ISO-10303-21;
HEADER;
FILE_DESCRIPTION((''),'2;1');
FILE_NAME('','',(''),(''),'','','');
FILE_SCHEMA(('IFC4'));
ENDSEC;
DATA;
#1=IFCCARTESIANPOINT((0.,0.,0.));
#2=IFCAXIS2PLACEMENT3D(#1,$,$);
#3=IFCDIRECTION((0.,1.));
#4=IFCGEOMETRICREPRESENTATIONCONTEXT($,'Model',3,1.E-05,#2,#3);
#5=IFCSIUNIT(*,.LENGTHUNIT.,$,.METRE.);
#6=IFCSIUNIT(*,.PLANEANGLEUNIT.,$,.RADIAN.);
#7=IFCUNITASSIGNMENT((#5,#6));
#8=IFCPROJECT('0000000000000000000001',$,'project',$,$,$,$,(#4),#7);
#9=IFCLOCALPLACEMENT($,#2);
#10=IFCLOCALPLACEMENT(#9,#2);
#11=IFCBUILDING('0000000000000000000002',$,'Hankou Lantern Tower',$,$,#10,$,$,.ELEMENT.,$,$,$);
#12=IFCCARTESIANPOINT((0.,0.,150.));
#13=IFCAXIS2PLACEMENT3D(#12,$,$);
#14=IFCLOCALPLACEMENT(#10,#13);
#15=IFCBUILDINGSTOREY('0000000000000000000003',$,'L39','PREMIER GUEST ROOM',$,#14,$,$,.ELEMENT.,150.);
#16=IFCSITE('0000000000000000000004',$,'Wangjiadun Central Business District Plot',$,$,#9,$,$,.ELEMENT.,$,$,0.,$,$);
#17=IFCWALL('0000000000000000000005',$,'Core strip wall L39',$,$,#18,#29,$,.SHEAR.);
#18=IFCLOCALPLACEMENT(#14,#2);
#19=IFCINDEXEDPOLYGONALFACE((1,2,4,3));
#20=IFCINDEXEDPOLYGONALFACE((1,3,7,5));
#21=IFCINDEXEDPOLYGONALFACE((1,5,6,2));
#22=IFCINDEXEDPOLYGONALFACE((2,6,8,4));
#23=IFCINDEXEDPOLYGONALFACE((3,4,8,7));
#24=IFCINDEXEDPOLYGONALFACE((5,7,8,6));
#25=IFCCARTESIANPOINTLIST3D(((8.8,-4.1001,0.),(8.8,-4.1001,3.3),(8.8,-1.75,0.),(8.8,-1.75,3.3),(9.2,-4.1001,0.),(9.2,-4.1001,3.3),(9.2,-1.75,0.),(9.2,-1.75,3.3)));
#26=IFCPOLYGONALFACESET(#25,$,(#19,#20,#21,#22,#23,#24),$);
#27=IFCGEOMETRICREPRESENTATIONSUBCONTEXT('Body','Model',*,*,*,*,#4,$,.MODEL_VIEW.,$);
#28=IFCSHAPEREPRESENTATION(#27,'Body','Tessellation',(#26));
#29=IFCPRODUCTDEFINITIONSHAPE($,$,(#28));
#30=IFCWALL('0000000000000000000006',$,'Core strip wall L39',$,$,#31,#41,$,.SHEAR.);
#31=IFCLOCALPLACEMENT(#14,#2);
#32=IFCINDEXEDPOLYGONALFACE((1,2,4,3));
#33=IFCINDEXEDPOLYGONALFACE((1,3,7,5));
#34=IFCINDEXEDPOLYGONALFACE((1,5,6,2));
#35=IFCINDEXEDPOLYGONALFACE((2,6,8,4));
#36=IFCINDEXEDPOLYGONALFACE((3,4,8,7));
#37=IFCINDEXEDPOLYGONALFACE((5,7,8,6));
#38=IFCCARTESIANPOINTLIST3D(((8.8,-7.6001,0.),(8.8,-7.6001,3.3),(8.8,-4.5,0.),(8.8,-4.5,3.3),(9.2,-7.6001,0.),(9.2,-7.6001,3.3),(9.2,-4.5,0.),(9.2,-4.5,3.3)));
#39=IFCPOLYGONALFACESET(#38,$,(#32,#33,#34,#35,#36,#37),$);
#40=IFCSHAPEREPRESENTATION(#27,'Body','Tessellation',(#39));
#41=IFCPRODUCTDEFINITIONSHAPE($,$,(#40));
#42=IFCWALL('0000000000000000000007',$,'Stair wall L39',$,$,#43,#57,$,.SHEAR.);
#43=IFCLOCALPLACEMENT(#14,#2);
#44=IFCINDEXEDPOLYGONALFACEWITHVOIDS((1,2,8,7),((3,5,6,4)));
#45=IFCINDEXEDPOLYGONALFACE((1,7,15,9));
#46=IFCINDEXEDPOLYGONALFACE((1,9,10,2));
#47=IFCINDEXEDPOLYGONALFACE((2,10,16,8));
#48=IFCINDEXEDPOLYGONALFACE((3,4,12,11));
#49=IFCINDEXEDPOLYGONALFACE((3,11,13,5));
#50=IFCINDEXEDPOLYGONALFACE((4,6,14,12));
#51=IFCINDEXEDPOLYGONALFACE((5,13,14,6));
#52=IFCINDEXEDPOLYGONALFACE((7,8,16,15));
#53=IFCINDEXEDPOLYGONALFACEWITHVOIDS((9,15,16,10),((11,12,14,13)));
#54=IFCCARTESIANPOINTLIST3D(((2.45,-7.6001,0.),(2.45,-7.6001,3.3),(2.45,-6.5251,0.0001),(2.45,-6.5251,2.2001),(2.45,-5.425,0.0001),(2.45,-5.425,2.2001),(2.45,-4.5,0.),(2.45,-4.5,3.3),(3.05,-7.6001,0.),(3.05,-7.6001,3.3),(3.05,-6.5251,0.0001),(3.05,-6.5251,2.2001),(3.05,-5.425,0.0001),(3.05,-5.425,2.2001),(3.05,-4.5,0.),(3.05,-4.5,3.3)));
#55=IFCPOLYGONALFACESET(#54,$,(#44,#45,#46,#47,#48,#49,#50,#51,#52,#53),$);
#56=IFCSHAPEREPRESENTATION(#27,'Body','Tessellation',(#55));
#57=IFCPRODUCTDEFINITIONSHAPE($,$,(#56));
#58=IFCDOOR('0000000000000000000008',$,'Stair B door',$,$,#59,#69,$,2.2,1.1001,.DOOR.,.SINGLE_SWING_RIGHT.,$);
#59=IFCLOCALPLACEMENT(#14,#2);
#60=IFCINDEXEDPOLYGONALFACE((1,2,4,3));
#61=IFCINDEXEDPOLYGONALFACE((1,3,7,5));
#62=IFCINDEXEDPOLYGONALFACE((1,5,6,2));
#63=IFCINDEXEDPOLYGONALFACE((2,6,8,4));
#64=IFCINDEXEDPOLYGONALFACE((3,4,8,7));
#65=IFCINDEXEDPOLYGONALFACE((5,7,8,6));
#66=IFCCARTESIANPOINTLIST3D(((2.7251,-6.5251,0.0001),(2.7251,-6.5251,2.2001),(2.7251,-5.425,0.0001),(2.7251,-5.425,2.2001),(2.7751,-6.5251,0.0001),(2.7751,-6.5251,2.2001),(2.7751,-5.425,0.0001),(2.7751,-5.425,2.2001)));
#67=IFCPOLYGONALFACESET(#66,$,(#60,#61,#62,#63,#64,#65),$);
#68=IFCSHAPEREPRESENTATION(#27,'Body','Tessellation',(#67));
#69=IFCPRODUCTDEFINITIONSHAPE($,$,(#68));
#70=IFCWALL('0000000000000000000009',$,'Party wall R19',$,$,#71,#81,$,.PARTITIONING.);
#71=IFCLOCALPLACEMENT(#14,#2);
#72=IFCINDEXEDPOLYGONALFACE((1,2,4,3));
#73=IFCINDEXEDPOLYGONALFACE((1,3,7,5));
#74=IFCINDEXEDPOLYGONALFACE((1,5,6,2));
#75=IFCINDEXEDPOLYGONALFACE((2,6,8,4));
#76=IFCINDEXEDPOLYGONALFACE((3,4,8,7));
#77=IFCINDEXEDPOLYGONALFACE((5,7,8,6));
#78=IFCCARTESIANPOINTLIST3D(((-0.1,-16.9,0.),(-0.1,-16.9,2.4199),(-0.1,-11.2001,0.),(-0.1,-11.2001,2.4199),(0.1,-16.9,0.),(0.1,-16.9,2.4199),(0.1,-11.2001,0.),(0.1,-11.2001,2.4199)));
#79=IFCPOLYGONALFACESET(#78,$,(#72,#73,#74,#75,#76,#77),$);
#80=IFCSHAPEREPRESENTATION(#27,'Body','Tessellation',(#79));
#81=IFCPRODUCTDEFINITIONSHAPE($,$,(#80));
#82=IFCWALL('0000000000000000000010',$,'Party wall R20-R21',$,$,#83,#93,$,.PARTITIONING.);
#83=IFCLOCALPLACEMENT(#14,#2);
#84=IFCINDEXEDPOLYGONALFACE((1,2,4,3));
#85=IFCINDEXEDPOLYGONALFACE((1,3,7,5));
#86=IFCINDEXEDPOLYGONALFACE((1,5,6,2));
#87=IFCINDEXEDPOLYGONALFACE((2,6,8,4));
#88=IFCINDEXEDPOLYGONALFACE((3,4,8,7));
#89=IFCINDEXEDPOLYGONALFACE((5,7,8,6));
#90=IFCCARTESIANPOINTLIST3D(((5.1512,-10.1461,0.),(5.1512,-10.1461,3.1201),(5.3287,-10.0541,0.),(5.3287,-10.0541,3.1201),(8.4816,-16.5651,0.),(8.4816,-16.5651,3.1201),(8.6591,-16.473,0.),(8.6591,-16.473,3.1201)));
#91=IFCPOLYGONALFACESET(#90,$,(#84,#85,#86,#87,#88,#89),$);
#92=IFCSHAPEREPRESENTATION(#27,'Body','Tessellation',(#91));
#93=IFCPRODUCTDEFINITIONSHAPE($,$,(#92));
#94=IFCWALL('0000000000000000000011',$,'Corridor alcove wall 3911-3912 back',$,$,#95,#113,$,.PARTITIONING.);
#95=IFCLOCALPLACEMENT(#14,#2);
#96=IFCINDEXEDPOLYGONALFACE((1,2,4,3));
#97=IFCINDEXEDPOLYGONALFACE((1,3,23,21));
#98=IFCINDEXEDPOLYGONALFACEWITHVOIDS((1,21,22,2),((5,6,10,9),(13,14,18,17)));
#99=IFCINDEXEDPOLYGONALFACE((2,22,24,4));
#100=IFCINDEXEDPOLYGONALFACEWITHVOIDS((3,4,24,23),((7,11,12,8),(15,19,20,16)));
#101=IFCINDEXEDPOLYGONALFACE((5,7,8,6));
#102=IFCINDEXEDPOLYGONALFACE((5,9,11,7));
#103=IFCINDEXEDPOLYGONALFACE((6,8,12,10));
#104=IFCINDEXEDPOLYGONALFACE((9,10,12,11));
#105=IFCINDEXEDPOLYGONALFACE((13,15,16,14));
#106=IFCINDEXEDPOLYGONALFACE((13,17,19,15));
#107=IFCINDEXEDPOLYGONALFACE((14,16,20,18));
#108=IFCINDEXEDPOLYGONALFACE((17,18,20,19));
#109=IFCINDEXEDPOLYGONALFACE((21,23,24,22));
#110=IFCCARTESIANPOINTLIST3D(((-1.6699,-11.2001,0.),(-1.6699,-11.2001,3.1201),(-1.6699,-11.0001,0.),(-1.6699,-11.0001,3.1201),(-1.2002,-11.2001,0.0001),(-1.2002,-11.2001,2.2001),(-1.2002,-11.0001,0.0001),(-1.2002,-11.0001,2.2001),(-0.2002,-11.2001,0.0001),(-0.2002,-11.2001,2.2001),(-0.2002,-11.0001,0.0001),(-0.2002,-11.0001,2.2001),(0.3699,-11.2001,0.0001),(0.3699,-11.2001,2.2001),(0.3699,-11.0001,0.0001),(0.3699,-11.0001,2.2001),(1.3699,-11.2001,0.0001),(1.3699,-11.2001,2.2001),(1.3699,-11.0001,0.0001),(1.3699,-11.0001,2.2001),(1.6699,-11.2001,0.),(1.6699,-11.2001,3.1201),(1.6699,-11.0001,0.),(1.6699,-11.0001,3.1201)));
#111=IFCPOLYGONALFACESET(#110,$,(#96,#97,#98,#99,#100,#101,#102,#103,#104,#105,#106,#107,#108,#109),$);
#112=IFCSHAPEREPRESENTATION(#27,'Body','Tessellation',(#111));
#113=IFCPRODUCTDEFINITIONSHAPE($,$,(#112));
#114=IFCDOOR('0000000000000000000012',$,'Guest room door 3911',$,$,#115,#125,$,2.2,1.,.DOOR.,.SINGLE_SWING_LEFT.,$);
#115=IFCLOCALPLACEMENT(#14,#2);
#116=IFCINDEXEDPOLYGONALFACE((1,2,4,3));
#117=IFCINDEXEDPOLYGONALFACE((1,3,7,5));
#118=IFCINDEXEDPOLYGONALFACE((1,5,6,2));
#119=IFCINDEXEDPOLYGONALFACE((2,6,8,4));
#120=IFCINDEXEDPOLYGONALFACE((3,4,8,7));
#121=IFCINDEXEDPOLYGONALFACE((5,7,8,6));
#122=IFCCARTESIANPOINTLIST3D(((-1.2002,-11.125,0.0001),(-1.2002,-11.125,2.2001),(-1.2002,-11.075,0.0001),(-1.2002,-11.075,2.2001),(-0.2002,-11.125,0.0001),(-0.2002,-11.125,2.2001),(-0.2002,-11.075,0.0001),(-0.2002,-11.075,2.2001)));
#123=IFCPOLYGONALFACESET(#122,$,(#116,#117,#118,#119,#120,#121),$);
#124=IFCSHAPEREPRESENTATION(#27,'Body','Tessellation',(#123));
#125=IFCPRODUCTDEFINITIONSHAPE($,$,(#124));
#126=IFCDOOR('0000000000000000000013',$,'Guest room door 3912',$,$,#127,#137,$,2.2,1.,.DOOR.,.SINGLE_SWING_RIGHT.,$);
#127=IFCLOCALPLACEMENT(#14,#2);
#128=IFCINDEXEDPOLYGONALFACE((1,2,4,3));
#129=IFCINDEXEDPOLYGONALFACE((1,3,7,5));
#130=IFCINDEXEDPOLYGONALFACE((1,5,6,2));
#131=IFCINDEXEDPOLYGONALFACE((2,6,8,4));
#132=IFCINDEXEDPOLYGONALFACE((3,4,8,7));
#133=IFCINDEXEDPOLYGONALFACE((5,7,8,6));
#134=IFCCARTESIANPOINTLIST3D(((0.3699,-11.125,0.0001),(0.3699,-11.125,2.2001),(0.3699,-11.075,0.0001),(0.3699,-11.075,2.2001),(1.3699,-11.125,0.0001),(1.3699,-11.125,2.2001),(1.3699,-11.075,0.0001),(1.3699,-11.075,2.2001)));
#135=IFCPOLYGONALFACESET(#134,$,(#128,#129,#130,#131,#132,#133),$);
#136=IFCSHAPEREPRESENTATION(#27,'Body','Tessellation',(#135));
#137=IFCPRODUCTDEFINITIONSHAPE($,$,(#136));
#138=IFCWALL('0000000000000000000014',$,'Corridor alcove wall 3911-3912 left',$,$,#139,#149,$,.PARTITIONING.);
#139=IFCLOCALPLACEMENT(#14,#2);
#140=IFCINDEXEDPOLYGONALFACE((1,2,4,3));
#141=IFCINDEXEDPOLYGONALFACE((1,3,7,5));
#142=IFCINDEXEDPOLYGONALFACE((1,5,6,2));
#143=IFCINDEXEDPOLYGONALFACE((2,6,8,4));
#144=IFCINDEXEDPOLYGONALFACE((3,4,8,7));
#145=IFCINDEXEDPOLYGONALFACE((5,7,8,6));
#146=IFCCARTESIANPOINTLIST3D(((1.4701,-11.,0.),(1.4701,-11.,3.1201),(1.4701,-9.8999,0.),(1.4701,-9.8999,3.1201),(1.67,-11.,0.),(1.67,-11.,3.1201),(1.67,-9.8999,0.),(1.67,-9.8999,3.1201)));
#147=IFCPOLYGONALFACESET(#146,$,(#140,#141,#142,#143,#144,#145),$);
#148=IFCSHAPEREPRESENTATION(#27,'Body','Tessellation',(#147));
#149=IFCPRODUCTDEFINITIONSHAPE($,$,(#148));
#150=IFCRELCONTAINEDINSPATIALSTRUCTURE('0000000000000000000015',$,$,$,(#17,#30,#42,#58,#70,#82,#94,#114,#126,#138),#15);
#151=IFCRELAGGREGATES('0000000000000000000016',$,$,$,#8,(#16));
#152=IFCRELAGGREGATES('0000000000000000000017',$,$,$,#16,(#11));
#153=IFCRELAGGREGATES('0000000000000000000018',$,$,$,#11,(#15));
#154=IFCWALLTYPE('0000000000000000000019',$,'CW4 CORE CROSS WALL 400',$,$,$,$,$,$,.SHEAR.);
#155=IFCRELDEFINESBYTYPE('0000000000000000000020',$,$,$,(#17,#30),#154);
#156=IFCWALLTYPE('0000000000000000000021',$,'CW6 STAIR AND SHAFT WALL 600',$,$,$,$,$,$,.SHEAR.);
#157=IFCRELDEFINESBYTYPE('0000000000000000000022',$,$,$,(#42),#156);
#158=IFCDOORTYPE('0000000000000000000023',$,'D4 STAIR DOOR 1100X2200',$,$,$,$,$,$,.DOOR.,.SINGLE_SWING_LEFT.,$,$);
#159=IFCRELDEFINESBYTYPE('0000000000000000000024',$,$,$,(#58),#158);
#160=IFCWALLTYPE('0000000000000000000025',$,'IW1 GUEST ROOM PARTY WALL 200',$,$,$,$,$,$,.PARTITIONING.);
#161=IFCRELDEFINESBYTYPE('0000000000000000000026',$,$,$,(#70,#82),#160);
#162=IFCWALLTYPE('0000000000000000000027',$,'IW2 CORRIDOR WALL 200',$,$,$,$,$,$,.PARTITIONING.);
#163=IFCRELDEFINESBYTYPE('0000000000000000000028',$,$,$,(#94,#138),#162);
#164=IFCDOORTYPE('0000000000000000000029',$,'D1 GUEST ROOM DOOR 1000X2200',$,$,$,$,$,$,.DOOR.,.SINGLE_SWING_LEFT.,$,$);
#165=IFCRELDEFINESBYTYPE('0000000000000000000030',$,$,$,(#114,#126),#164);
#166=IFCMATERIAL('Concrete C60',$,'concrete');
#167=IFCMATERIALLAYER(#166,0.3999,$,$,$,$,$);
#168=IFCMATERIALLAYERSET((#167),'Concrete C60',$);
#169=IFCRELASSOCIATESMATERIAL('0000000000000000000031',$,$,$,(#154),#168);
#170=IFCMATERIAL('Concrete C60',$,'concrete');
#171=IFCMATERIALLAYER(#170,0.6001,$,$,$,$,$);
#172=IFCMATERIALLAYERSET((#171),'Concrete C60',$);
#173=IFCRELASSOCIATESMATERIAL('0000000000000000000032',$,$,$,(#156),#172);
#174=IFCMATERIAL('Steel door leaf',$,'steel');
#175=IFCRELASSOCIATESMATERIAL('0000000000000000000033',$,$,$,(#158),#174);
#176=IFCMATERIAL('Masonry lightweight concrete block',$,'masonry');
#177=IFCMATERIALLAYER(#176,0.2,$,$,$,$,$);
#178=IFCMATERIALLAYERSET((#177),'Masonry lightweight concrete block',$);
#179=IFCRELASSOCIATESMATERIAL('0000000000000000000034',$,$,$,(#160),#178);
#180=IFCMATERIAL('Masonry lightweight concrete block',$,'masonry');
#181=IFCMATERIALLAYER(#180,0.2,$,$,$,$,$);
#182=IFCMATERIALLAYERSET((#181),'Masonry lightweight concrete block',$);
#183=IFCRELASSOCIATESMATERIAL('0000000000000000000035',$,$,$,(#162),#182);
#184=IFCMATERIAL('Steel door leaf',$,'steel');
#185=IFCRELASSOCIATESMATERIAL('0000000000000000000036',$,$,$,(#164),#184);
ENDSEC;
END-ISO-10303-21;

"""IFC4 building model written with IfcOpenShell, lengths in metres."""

from ifc_helpers import new_model, si_unit, direction, frame, frame_2d, origin, place, context, subcontext, project, spatial, rectangle, extrude, material, layer, layer_set, type_object, element, fill, save


model = new_model("IFC4")

# Units and contexts
model_context = context("Model", 3, precision=1e-05, world=origin(), true_north=direction((0.0, 1.0)))
body_context = subcontext(model_context, "Body", "Model", "MODEL_VIEW")
ifc_project = project(units=[si_unit("LENGTHUNIT", "METRE"), si_unit("PLANEANGLEUNIT", "RADIAN")], contexts=[model_context])

# Site, building, storey
site_placement = place(None, origin())
site = spatial("IfcSite", under=ifc_project, at=site_placement, Name="Wangjiadun Central Business District Plot", CompositionType="ELEMENT", RefElevation=0.0)
building_placement = place(site_placement, origin())
building = spatial("IfcBuilding", under=site, at=building_placement, Name="Hankou Lantern Tower", CompositionType="ELEMENT")
storey_placement = place(building_placement, frame((0.0, 0.0, 150.0)))
storey = spatial("IfcBuildingStorey", under=building, at=storey_placement, Name="L39", Description="PREMIER GUEST ROOM", CompositionType="ELEMENT", Elevation=150.0)

# Walls
ifc_material_1 = material(Name="Concrete C60", Category="concrete")
ifc_layer_1 = layer(ifc_material_1, 0.3999)
ifc_layer_set_1 = layer_set([ifc_layer_1], Name="Concrete C60")
wall_type_1 = type_object("IfcWallType", Name="CW4 CORE CROSS WALL 400", PredefinedType="SHEAR", material=ifc_layer_set_1)
wall_1_placement = place(storey_placement, frame((9.0, -4.1001, 0.0), z_axis=(0.0, 0.0, 1.0), x_axis=(0.0, 1.0, 0.0)))
element("IfcWall", 1, at=wall_1_placement, inside=storey, type_object=wall_type_1, Name="Core strip wall L39", PredefinedType="SHEAR", context=body_context, shape_type="SweptSolid", body=[
    extrude(rectangle(XDim=2.3501, YDim=0.3999, at=frame_2d((1.175, 0.0))), origin(), (0.0, 0.0, 1.0), 3.3),
])
wall_2_placement = place(storey_placement, frame((9.0, -7.6001, 0.0), z_axis=(0.0, 0.0, 1.0), x_axis=(0.0, 1.0, 0.0)))
element("IfcWall", 2, at=wall_2_placement, inside=storey, type_object=wall_type_1, Name="Core strip wall L39", PredefinedType="SHEAR", context=body_context, shape_type="SweptSolid", body=[
    extrude(rectangle(XDim=3.1001, YDim=0.3999, at=frame_2d((1.55, 0.0))), origin(), (0.0, 0.0, 1.0), 3.3),
])

# Wall, opening, door
ifc_material_2 = material(Name="Concrete C60", Category="concrete")
ifc_layer_2 = layer(ifc_material_2, 0.6001)
ifc_layer_set_2 = layer_set([ifc_layer_2], Name="Concrete C60")
wall_type_2 = type_object("IfcWallType", Name="CW6 STAIR AND SHAFT WALL 600", PredefinedType="SHEAR", material=ifc_layer_set_2)
wall_3_placement = place(storey_placement, frame((2.75, -7.6001, 0.0), z_axis=(0.0, 0.0, 1.0), x_axis=(0.0, 1.0, 0.0)))
wall_3 = element("IfcWall", 3, at=wall_3_placement, inside=storey, type_object=wall_type_2, Name="Stair wall L39", PredefinedType="SHEAR", context=body_context, shape_type="SweptSolid", body=[
    extrude(rectangle(XDim=3.1001, YDim=0.6001, at=frame_2d((1.55, 0.0))), origin(), (0.0, 0.0, 1.0), 3.3),
])
opening_1_placement = place(wall_3_placement, frame((1.075, 0.0, 0.0)))
opening_1 = element("IfcOpeningElement", 4, at=opening_1_placement, cuts=wall_3, PredefinedType="OPENING", context=body_context, shape_type="SweptSolid", body=[
    extrude(rectangle(XDim=1.1001, YDim=2.2, at=frame_2d((0.55, 1.1001))), frame((0.0, 0.3101, 0.0), z_axis=(0.0, -1.0, 0.0), x_axis=(1.0, 0.0, 0.0)), (0.0, 0.0, 1.0), 0.6201),
])
ifc_material_3 = material(Name="Steel door leaf", Category="steel")
door_type_1 = type_object("IfcDoorType", Name="D4 STAIR DOOR 1100X2200", OperationType="SINGLE_SWING_LEFT", PredefinedType="DOOR", material=ifc_material_3)
door_1_placement = place(opening_1_placement, origin())
door_1 = element("IfcDoor", 5, at=door_1_placement, inside=storey, type_object=door_type_1, Name="Stair B door", OperationType="SINGLE_SWING_RIGHT", OverallHeight=2.2, OverallWidth=1.1001, PredefinedType="DOOR", context=body_context, shape_type="SweptSolid", body=[
    extrude(rectangle(XDim=1.1001, YDim=2.2, at=frame_2d((0.55, 1.1001))), frame((0.0, 0.0249, 0.0), z_axis=(0.0, -1.0, 0.0), x_axis=(1.0, 0.0, 0.0)), (0.0, 0.0, 1.0), 0.05),
])
fill(opening_1, door_1)

# Walls
ifc_material_4 = material(Name="Masonry lightweight concrete block", Category="masonry")
ifc_layer_3 = layer(ifc_material_4, 0.2)
ifc_layer_set_3 = layer_set([ifc_layer_3], Name="Masonry lightweight concrete block")
wall_type_3 = type_object("IfcWallType", Name="IW1 GUEST ROOM PARTY WALL 200", PredefinedType="PARTITIONING", material=ifc_layer_set_3)
wall_4_placement = place(storey_placement, frame((0.0, -11.2, 0.0), z_axis=(0.0, 0.0, 1.0), x_axis=(0.0, -1.0, 0.0)))
element("IfcWall", 6, at=wall_4_placement, inside=storey, type_object=wall_type_3, Name="Party wall R19", PredefinedType="PARTITIONING", context=body_context, shape_type="SweptSolid", body=[
    extrude(rectangle(XDim=5.7, YDim=0.2, at=frame_2d((2.8501, 0.0))), origin(), (0.0, 0.0, 1.0), 2.4199),
])
wall_5_placement = place(storey_placement, frame((5.24, -10.1001, 0.0), z_axis=(0.0, 0.0, 1.0), x_axis=(0.460533, -0.887643, 0.0)))
element("IfcWall", 7, at=wall_5_placement, inside=storey, type_object=wall_type_3, Name="Party wall R20-R21", PredefinedType="PARTITIONING", context=body_context, shape_type="SweptSolid", body=[
    extrude(rectangle(XDim=7.2314, YDim=0.2, at=frame_2d((3.6157, 0.0))), origin(), (0.0, 0.0, 1.0), 3.1201),
])

# Wall, openings, doors
ifc_material_5 = material(Name="Masonry lightweight concrete block", Category="masonry")
ifc_layer_4 = layer(ifc_material_5, 0.2)
ifc_layer_set_4 = layer_set([ifc_layer_4], Name="Masonry lightweight concrete block")
wall_type_4 = type_object("IfcWallType", Name="IW2 CORRIDOR WALL 200", PredefinedType="PARTITIONING", material=ifc_layer_set_4)
wall_6_placement = place(storey_placement, frame((1.6699, -11.1001, 0.0), z_axis=(0.0, 0.0, 1.0), x_axis=(-1.0, 0.0, 0.0)))
wall_6 = element("IfcWall", 8, at=wall_6_placement, inside=storey, type_object=wall_type_4, Name="Corridor alcove wall 3911-3912 back", PredefinedType="PARTITIONING", context=body_context, shape_type="SweptSolid", body=[
    extrude(rectangle(XDim=3.3398, YDim=0.2, at=frame_2d((1.6699, 0.0))), origin(), (0.0, 0.0, 1.0), 3.1201),
])
opening_2_placement = place(wall_6_placement, frame((1.8701, 0.0, 0.0)))
opening_2 = element("IfcOpeningElement", 9, at=opening_2_placement, cuts=wall_6, PredefinedType="OPENING", context=body_context, shape_type="SweptSolid", body=[
    extrude(rectangle(XDim=1.0, YDim=2.2, at=frame_2d((0.5, 1.1001))), frame((0.0, 0.1099, 0.0), z_axis=(0.0, -1.0, 0.0), x_axis=(1.0, 0.0, 0.0)), (0.0, 0.0, 1.0), 0.22),
])
opening_3_placement = place(wall_6_placement, frame((0.3, 0.0, 0.0)))
opening_3 = element("IfcOpeningElement", 10, at=opening_3_placement, cuts=wall_6, PredefinedType="OPENING", context=body_context, shape_type="SweptSolid", body=[
    extrude(rectangle(XDim=1.0, YDim=2.2, at=frame_2d((0.5, 1.1001))), frame((0.0, 0.1099, 0.0), z_axis=(0.0, -1.0, 0.0), x_axis=(1.0, 0.0, 0.0)), (0.0, 0.0, 1.0), 0.22),
])
ifc_material_6 = material(Name="Steel door leaf", Category="steel")
door_type_2 = type_object("IfcDoorType", Name="D1 GUEST ROOM DOOR 1000X2200", OperationType="SINGLE_SWING_LEFT", PredefinedType="DOOR", material=ifc_material_6)
door_2_placement = place(opening_2_placement, origin())
door_2 = element("IfcDoor", 11, at=door_2_placement, inside=storey, type_object=door_type_2, Name="Guest room door 3911", OperationType="SINGLE_SWING_LEFT", OverallHeight=2.2, OverallWidth=1.0, PredefinedType="DOOR", context=body_context, shape_type="SweptSolid", body=[
    extrude(rectangle(XDim=1.0, YDim=2.2, at=frame_2d((0.5, 1.1001))), frame((0.0, 0.0249, 0.0), z_axis=(0.0, -1.0, 0.0), x_axis=(1.0, 0.0, 0.0)), (0.0, 0.0, 1.0), 0.05),
])
fill(opening_2, door_2)
door_3_placement = place(opening_3_placement, origin())
door_3 = element("IfcDoor", 12, at=door_3_placement, inside=storey, type_object=door_type_2, Name="Guest room door 3912", OperationType="SINGLE_SWING_RIGHT", OverallHeight=2.2, OverallWidth=1.0, PredefinedType="DOOR", context=body_context, shape_type="SweptSolid", body=[
    extrude(rectangle(XDim=1.0, YDim=2.2, at=frame_2d((0.5, 1.1001))), frame((0.0, 0.0249, 0.0), z_axis=(0.0, -1.0, 0.0), x_axis=(1.0, 0.0, 0.0)), (0.0, 0.0, 1.0), 0.05),
])
fill(opening_3, door_3)

# Wall
wall_7_placement = place(storey_placement, frame((1.5701, -9.8999, 0.0), z_axis=(0.0, 0.0, 1.0), x_axis=(0.0, -1.0, 0.0)))
element("IfcWall", 13, at=wall_7_placement, inside=storey, type_object=wall_type_4, Name="Corridor alcove wall 3911-3912 left", PredefinedType="PARTITIONING", context=body_context, shape_type="SweptSolid", body=[
    extrude(rectangle(XDim=1.1001, YDim=0.2, at=frame_2d((0.55, 0.0))), origin(), (0.0, 0.0, 1.0), 3.1201),
])

save(model, "model.ifc")
